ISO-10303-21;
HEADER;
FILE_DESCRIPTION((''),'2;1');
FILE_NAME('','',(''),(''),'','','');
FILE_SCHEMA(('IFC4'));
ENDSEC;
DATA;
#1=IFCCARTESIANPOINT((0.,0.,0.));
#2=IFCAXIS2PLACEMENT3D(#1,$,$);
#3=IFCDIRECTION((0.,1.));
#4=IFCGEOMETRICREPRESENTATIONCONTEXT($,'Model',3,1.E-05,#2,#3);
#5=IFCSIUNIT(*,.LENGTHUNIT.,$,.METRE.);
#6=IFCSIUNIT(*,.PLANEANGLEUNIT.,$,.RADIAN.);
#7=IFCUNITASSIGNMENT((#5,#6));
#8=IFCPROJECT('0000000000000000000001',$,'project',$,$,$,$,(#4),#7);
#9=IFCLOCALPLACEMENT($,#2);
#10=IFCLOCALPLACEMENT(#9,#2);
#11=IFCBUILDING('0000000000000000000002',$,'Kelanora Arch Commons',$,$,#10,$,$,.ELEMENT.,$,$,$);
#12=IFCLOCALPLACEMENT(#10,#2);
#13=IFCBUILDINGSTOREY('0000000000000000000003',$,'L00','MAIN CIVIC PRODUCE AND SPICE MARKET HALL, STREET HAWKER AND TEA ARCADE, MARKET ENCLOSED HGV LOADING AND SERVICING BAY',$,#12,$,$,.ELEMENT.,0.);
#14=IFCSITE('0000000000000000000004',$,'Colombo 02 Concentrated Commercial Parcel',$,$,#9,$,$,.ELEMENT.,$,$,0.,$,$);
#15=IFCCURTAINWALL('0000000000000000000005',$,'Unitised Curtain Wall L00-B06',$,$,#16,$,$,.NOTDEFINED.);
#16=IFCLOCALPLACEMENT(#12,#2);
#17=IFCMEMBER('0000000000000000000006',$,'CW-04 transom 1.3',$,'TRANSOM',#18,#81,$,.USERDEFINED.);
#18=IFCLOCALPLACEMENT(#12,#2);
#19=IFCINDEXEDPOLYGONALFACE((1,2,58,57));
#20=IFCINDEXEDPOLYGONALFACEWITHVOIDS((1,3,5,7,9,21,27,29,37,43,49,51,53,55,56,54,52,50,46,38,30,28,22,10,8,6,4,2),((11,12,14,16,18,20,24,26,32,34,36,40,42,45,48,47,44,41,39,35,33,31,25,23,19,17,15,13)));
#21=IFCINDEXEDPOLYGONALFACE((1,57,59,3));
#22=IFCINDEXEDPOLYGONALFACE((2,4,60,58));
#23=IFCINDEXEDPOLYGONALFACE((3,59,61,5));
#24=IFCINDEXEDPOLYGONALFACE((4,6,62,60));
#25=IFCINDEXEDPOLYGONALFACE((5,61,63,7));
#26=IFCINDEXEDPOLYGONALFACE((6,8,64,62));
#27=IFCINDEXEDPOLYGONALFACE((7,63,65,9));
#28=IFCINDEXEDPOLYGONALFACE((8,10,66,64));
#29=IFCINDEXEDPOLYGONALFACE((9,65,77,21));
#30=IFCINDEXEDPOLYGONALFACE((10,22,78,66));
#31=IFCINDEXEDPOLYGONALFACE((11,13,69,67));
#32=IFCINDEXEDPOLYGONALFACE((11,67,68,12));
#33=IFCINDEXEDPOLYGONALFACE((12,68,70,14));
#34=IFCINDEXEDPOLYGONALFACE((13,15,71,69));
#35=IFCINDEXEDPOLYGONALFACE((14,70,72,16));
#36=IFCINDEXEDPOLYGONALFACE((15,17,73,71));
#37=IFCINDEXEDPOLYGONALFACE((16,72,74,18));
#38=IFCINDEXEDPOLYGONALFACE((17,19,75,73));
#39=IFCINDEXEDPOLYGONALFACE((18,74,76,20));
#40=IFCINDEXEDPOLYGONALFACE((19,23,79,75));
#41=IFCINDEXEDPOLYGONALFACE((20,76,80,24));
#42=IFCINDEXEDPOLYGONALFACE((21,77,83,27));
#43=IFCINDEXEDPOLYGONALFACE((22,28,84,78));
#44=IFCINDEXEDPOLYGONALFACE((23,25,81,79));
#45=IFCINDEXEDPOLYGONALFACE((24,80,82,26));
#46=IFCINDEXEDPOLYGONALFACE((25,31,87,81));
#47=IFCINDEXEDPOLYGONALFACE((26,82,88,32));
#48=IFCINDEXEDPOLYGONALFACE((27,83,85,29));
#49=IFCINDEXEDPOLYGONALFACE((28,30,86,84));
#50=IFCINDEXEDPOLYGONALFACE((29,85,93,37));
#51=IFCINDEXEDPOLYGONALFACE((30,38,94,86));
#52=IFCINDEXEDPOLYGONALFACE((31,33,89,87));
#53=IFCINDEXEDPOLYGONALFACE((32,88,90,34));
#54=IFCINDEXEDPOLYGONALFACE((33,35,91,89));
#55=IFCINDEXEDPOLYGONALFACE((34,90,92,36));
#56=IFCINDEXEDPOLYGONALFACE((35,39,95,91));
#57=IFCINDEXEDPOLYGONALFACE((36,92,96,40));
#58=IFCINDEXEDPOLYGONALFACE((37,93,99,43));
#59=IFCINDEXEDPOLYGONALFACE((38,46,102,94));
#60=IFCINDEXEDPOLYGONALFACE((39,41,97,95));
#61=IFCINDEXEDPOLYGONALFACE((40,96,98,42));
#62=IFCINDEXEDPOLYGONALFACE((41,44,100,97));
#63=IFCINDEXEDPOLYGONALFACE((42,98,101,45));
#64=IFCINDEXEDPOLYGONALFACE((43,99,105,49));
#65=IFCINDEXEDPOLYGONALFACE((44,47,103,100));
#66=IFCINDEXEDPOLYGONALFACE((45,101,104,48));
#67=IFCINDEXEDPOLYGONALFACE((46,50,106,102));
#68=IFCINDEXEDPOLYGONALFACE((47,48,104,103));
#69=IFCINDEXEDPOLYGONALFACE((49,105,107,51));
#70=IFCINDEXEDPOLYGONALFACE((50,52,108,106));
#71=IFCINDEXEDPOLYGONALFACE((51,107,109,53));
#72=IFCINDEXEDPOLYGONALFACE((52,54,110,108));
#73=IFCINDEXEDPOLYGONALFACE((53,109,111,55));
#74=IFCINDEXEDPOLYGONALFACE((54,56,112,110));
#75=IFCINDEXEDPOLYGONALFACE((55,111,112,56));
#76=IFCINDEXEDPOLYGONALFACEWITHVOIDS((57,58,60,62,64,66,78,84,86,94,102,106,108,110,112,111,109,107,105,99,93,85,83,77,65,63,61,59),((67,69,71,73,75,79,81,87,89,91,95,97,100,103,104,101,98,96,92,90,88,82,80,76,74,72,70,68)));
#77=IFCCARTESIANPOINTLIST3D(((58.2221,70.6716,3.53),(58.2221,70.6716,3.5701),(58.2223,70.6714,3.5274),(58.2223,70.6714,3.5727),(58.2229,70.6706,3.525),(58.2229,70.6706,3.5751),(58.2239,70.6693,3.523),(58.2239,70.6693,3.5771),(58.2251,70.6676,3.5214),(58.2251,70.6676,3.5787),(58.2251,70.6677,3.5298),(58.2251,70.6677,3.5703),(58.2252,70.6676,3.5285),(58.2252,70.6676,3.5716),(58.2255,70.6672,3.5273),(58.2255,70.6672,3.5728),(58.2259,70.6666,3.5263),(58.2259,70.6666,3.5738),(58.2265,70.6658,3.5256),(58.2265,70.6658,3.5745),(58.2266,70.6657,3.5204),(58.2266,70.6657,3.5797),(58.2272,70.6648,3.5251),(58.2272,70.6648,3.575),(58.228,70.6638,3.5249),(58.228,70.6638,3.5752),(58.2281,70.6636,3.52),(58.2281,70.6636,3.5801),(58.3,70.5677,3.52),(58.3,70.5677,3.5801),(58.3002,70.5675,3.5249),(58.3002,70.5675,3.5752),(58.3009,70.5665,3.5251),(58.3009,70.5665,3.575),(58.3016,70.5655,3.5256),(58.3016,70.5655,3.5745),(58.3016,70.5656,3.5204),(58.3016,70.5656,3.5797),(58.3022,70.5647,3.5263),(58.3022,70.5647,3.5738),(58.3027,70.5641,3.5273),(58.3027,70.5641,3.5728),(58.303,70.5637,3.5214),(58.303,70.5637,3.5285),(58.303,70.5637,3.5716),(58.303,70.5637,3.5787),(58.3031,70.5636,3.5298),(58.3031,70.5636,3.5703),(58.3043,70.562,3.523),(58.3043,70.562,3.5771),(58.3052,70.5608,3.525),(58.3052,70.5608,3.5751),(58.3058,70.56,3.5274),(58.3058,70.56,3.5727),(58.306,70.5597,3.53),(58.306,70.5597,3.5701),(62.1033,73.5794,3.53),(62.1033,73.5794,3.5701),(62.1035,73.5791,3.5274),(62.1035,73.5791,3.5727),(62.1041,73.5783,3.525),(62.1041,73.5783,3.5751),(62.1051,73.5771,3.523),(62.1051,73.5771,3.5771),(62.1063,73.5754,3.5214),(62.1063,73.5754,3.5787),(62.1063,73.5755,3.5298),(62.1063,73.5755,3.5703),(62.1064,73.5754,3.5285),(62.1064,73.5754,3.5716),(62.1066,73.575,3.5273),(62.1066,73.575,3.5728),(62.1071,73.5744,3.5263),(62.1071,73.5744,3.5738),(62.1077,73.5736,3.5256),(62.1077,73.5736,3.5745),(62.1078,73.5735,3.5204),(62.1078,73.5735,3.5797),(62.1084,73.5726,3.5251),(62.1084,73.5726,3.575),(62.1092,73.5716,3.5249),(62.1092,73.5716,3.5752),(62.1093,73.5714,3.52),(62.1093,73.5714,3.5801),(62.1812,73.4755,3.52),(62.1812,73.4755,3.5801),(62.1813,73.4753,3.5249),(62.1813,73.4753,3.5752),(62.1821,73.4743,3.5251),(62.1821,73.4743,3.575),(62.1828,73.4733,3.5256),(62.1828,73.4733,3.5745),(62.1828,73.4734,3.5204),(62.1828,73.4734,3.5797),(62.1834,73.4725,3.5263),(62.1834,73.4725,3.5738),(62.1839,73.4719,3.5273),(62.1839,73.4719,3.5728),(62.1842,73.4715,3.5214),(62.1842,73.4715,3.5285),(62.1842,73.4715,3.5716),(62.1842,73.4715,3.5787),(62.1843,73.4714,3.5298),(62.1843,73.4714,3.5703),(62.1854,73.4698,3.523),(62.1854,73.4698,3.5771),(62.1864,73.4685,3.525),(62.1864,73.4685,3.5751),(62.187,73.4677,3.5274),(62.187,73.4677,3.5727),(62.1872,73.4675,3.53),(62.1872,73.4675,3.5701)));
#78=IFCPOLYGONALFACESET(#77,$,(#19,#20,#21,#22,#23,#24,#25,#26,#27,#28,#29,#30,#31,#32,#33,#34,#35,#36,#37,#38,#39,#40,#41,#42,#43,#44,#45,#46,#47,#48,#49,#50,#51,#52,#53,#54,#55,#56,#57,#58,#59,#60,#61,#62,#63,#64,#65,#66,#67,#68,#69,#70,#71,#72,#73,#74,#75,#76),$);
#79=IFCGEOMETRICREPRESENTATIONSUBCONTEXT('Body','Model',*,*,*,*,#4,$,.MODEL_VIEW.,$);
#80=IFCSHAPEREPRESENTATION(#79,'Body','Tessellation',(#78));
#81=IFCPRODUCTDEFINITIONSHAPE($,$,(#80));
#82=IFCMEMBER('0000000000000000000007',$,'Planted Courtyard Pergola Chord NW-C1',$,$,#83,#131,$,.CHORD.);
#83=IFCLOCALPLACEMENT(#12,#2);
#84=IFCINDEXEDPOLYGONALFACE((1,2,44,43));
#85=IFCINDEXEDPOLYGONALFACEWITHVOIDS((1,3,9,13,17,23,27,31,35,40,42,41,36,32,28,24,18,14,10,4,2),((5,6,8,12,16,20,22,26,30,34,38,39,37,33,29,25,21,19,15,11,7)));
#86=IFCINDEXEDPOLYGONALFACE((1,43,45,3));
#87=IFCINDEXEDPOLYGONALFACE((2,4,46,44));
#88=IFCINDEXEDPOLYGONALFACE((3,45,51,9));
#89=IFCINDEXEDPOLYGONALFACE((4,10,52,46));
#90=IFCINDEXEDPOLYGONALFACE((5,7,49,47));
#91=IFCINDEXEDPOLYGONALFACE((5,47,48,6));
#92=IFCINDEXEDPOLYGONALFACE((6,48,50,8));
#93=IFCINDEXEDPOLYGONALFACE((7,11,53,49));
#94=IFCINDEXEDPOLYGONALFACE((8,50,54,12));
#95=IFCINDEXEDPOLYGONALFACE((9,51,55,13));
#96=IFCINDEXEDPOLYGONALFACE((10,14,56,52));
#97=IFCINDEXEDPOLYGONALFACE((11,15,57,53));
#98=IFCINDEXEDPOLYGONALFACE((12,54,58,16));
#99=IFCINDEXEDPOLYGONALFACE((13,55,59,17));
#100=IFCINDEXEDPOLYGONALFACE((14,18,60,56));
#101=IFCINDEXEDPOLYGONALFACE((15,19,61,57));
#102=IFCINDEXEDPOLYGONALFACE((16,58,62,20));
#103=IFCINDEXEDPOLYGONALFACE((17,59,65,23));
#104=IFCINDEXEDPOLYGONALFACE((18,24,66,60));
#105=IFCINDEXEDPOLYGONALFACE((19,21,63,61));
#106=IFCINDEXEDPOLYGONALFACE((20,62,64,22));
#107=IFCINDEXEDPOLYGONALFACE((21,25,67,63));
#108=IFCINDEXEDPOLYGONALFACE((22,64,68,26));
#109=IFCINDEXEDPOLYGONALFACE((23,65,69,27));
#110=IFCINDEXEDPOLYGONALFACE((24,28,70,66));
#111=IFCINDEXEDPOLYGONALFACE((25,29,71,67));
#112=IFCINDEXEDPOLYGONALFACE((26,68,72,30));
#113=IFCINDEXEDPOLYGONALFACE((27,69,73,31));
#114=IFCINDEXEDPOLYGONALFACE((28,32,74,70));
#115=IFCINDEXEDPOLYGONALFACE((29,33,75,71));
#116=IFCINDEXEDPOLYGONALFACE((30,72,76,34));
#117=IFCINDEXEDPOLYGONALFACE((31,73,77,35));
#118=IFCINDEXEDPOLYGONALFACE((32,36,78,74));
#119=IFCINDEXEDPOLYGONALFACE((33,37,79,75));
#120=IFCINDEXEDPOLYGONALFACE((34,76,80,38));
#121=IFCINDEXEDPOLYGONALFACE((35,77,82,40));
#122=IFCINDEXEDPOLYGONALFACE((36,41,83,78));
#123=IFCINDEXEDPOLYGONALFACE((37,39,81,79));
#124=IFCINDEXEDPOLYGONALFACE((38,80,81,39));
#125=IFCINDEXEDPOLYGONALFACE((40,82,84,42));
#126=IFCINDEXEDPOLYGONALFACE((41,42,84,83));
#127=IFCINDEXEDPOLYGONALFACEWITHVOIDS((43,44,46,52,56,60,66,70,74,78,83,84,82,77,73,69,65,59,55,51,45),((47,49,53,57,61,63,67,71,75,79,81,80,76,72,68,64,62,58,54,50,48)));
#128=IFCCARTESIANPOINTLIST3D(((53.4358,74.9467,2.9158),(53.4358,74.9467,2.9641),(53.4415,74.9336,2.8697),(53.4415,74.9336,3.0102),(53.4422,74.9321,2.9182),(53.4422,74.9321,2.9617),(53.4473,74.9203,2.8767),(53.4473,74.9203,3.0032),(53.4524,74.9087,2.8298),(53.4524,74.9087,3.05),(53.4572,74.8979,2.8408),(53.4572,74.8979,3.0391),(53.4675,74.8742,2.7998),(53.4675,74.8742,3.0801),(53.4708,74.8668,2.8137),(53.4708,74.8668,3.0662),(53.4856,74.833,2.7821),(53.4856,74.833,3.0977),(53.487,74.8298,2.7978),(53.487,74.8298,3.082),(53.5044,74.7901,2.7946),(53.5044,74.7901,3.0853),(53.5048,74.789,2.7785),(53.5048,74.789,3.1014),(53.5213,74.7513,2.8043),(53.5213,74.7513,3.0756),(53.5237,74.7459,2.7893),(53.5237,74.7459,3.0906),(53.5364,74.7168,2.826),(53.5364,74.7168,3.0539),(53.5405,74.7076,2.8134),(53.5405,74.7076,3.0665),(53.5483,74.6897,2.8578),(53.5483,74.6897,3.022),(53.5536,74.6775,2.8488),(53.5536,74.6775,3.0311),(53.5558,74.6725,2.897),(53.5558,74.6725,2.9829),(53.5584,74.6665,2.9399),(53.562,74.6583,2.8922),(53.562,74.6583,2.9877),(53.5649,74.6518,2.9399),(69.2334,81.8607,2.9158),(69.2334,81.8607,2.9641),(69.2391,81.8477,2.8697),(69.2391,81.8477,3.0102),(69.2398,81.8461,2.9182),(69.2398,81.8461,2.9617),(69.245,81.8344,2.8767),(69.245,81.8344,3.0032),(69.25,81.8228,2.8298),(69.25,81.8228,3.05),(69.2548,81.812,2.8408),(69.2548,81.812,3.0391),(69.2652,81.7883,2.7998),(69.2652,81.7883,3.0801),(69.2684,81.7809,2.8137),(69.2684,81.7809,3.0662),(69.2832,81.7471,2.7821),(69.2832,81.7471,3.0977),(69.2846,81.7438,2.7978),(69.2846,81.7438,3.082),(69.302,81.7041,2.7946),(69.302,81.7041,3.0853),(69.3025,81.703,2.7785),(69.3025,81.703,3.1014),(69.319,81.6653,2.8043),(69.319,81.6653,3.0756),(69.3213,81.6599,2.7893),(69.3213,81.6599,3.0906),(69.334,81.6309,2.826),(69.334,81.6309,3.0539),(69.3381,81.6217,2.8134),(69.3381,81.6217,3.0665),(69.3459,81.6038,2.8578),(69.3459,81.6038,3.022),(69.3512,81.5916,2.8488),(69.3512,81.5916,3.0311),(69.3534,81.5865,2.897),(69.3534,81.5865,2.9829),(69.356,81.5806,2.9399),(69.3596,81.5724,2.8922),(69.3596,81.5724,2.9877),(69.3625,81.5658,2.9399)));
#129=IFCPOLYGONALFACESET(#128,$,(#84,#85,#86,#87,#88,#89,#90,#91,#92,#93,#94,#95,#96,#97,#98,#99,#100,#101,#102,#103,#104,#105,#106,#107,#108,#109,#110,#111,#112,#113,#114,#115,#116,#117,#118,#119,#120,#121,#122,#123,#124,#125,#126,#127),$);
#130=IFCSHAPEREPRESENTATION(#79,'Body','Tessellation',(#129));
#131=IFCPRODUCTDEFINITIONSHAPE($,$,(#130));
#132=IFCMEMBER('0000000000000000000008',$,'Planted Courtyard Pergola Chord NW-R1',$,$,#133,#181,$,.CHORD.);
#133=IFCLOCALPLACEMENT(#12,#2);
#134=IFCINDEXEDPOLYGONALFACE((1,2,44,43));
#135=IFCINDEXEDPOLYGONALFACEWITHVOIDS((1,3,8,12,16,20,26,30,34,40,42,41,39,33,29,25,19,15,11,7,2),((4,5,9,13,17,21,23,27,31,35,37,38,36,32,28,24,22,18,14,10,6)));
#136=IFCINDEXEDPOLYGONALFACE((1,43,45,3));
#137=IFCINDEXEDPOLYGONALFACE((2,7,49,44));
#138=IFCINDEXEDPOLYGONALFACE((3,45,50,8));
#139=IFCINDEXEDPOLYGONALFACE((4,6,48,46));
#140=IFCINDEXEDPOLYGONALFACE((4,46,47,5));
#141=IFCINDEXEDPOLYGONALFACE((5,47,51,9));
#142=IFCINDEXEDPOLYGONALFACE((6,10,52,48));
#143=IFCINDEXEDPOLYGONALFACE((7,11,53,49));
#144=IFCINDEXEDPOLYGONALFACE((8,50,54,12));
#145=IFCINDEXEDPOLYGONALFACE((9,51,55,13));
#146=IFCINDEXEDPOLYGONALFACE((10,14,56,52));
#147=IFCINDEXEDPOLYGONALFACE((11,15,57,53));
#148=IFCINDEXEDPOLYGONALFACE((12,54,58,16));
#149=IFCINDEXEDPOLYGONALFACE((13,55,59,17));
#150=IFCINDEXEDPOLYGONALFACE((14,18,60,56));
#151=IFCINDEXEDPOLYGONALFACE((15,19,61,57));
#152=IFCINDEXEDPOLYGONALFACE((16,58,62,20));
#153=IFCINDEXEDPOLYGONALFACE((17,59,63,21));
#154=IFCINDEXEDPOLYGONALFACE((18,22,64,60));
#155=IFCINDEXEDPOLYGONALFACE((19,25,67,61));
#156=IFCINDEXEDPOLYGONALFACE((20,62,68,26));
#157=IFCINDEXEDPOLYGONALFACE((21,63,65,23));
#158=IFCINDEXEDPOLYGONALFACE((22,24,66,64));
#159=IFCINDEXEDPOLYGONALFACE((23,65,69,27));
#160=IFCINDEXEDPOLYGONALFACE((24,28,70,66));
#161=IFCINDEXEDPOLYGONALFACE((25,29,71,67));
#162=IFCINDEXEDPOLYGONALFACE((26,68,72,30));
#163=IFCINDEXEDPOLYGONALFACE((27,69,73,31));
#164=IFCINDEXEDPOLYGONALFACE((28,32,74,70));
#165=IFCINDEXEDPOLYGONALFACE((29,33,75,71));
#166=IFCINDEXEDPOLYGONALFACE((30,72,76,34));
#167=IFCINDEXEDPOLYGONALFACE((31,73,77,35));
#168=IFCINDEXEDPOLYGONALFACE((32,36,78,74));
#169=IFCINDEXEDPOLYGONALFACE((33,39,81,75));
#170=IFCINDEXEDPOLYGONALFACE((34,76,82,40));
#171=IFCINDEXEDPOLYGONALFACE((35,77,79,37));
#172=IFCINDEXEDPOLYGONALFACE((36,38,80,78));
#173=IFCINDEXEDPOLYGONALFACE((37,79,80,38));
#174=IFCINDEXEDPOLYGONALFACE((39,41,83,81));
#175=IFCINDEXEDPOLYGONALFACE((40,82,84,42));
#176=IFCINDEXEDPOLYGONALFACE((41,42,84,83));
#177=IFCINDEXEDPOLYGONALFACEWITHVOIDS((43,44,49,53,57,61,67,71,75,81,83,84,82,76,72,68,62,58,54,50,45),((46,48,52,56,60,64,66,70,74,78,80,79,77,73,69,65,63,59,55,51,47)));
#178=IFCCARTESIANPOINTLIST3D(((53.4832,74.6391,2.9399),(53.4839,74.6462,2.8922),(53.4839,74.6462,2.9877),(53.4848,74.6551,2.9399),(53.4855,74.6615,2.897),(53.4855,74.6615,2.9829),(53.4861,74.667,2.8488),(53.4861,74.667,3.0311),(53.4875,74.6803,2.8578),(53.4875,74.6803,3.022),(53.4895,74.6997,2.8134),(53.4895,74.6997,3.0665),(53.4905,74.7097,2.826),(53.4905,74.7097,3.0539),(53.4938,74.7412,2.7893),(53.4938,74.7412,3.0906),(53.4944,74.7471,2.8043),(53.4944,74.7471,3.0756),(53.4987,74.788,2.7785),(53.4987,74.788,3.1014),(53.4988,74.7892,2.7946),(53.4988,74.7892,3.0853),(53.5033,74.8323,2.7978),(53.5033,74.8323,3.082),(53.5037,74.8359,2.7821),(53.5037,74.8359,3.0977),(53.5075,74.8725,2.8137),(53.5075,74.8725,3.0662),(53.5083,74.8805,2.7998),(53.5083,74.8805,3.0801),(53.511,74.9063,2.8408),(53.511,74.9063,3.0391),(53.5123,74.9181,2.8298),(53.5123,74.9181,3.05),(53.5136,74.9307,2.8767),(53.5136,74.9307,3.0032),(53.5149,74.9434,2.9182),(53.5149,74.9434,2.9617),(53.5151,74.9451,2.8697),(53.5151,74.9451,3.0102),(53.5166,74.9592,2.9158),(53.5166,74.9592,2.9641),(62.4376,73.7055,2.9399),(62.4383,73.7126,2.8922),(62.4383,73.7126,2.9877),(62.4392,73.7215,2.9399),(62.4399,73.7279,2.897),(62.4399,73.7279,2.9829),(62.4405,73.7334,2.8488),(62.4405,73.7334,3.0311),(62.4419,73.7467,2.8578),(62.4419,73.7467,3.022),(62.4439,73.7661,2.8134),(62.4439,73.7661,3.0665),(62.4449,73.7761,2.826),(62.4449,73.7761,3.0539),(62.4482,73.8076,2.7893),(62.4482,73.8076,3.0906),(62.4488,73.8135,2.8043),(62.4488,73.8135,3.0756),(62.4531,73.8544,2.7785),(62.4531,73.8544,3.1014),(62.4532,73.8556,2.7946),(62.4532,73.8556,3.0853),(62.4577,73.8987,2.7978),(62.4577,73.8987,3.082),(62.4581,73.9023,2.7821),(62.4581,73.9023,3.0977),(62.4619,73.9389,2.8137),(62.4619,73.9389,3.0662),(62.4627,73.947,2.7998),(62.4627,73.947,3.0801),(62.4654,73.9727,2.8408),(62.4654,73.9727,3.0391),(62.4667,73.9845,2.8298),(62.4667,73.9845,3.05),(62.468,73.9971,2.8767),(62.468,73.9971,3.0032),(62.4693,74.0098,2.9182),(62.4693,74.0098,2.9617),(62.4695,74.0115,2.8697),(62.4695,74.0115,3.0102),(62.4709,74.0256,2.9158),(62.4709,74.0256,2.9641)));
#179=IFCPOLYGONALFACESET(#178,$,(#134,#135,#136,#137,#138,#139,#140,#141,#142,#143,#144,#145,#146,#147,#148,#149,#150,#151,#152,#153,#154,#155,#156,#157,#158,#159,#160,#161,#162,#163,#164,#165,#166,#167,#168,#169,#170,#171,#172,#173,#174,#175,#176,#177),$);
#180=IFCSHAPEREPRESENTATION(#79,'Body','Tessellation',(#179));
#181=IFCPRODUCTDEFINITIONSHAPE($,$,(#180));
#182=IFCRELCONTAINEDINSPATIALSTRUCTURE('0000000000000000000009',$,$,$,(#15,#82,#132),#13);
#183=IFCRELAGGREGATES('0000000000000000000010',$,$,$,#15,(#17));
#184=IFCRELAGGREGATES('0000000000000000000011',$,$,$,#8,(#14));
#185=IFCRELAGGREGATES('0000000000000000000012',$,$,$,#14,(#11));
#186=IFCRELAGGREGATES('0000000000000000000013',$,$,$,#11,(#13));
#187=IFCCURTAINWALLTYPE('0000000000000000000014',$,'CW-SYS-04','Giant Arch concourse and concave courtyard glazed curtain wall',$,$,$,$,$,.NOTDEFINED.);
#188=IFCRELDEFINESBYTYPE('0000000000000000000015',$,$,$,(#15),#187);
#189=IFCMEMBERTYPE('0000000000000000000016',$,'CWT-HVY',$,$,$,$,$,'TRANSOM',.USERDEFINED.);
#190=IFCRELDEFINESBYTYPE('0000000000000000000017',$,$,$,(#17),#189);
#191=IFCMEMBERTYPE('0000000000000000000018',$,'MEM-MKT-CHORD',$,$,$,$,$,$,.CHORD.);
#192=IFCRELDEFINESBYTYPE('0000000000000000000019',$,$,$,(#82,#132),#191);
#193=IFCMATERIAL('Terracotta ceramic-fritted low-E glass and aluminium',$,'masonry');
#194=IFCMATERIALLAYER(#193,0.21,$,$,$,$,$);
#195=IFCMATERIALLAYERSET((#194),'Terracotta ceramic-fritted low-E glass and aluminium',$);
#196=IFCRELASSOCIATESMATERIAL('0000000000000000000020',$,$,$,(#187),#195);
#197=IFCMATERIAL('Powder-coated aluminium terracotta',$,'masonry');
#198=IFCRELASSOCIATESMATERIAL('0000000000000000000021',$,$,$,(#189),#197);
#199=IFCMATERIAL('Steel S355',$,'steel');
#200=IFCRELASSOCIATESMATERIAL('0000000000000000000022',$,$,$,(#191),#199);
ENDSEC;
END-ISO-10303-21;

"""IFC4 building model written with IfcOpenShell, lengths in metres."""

from ifc_helpers import new_model, si_unit, direction, frame, origin, origin_2d, place, context, subcontext, project, spatial, hollow_rectangle, hollow_circle, extrude, material, layer, layer_set, material_profile, profile_set, type_object, element, aggregate, save


model = new_model("IFC4")

# Units and contexts
model_context = context("Model", 3, precision=1e-05, world=origin(), true_north=direction((0.0, 1.0)))
body_context = subcontext(model_context, "Body", "Model", "MODEL_VIEW")
ifc_project = project(units=[si_unit("LENGTHUNIT", "METRE"), si_unit("PLANEANGLEUNIT", "RADIAN")], contexts=[model_context])

# Site, building, storey
site_placement = place(None, origin())
site = spatial("IfcSite", under=ifc_project, at=site_placement, Name="Colombo 02 Concentrated Commercial Parcel", CompositionType="ELEMENT", RefElevation=0.0)
building_placement = place(site_placement, origin())
building = spatial("IfcBuilding", under=site, at=building_placement, Name="Kelanora Arch Commons", CompositionType="ELEMENT")
storey_placement = place(building_placement, origin())
storey = spatial("IfcBuildingStorey", under=building, at=storey_placement, Name="L00", Description="MAIN CIVIC PRODUCE AND SPICE MARKET HALL, STREET HAWKER AND TEA ARCADE, MARKET ENCLOSED HGV LOADING AND SERVICING BAY", CompositionType="ELEMENT", Elevation=0.0)

# Shared definitions
ifc_material_1 = material(Name="Steel S355", Category="steel")

# Curtain wall, member
ifc_material_2 = material(Name="Terracotta ceramic-fritted low-E glass and aluminium", Category="masonry")
ifc_layer_1 = layer(ifc_material_2, 0.21)
ifc_layer_set_1 = layer_set([ifc_layer_1], Name="Terracotta ceramic-fritted low-E glass and aluminium")
curtain_wall_type = type_object("IfcCurtainWallType", Name="CW-SYS-04", Description="Giant Arch concourse and concave courtyard glazed curtain wall", PredefinedType="NOTDEFINED", material=ifc_layer_set_1)
curtain_wall_placement = place(storey_placement, origin())
curtain_wall = element("IfcCurtainWall", 1, at=curtain_wall_placement, inside=storey, type_object=curtain_wall_type, Name="Unitised Curtain Wall L00-B06", PredefinedType="NOTDEFINED")
ifc_material_3 = material(Name="Powder-coated aluminium terracotta", Category="masonry")
ifc_material_profile_1 = material_profile(ifc_material_3, hollow_rectangle(XDim=0.1399, YDim=0.0601, WallThickness=0.0049, InnerFilletRadius=0.0049, OuterFilletRadius=0.01, at=origin_2d()), Name="CWT140x60")
ifc_profile_set_1 = profile_set([ifc_material_profile_1], Name="Powder-coated aluminium terracotta")
member_type_1 = type_object("IfcMemberType", Name="CWT-HVY", ElementType="TRANSOM", PredefinedType="USERDEFINED", material=ifc_profile_set_1)
member_1_placement = place(storey_placement, frame((62.1453, 73.5234, 3.55), z_axis=(-0.800308, -0.599589, 0.0), x_axis=(0.599589, -0.800308, 0.0)))
member_1 = element("IfcMember", 2, at=member_1_placement, type_object=member_type_1, Name="CW-04 transom 1.3", ObjectType="TRANSOM", PredefinedType="USERDEFINED", context=body_context, shape_type="SweptSolid", body=[
    extrude(hollow_rectangle(XDim=0.1399, YDim=0.0601, WallThickness=0.0049, InnerFilletRadius=0.0049, OuterFilletRadius=0.01, at=origin_2d()), origin(), (0.0, 0.0, 1.0), 4.8496),
])
aggregate(curtain_wall, [member_1])

# Members
ifc_material_profile_2 = material_profile(ifc_material_1, hollow_circle(Radius=0.1619, WallThickness=0.0161, at=origin_2d()), Name="CHS323.9x16")
ifc_profile_set_2 = profile_set([ifc_material_profile_2], Name="Steel S355")
member_type_2 = type_object("IfcMemberType", Name="MEM-MKT-CHORD", PredefinedType="CHORD", material=ifc_profile_set_2)
member_2_placement = place(storey_placement, frame((69.2976, 81.7141, 2.9399), z_axis=(-0.916102, -0.400946, 0.0), x_axis=(0.400946, -0.916102, 0.0)))
element("IfcMember", 3, at=member_2_placement, inside=storey, type_object=member_type_2, Name="Planted Courtyard Pergola Chord NW-C1", PredefinedType="CHORD", context=body_context, shape_type="SweptSolid", body=[
    extrude(hollow_circle(Radius=0.1619, WallThickness=0.0161, at=origin_2d()), origin(), (0.0, 0.0, 1.0), 17.2444),
])
member_3_placement = place(storey_placement, frame((62.4543, 73.8665, 2.9399), z_axis=(-0.994609, 0.103699, 0.0), x_axis=(-0.103699, -0.994609, 0.0)))
element("IfcMember", 4, at=member_3_placement, inside=storey, type_object=member_type_2, Name="Planted Courtyard Pergola Chord NW-R1", PredefinedType="CHORD", context=body_context, shape_type="SweptSolid", body=[
    extrude(hollow_circle(Radius=0.1619, WallThickness=0.0161, at=origin_2d()), origin(), (0.0, 0.0, 1.0), 9.0029),
])

save(model, "model.ifc")
